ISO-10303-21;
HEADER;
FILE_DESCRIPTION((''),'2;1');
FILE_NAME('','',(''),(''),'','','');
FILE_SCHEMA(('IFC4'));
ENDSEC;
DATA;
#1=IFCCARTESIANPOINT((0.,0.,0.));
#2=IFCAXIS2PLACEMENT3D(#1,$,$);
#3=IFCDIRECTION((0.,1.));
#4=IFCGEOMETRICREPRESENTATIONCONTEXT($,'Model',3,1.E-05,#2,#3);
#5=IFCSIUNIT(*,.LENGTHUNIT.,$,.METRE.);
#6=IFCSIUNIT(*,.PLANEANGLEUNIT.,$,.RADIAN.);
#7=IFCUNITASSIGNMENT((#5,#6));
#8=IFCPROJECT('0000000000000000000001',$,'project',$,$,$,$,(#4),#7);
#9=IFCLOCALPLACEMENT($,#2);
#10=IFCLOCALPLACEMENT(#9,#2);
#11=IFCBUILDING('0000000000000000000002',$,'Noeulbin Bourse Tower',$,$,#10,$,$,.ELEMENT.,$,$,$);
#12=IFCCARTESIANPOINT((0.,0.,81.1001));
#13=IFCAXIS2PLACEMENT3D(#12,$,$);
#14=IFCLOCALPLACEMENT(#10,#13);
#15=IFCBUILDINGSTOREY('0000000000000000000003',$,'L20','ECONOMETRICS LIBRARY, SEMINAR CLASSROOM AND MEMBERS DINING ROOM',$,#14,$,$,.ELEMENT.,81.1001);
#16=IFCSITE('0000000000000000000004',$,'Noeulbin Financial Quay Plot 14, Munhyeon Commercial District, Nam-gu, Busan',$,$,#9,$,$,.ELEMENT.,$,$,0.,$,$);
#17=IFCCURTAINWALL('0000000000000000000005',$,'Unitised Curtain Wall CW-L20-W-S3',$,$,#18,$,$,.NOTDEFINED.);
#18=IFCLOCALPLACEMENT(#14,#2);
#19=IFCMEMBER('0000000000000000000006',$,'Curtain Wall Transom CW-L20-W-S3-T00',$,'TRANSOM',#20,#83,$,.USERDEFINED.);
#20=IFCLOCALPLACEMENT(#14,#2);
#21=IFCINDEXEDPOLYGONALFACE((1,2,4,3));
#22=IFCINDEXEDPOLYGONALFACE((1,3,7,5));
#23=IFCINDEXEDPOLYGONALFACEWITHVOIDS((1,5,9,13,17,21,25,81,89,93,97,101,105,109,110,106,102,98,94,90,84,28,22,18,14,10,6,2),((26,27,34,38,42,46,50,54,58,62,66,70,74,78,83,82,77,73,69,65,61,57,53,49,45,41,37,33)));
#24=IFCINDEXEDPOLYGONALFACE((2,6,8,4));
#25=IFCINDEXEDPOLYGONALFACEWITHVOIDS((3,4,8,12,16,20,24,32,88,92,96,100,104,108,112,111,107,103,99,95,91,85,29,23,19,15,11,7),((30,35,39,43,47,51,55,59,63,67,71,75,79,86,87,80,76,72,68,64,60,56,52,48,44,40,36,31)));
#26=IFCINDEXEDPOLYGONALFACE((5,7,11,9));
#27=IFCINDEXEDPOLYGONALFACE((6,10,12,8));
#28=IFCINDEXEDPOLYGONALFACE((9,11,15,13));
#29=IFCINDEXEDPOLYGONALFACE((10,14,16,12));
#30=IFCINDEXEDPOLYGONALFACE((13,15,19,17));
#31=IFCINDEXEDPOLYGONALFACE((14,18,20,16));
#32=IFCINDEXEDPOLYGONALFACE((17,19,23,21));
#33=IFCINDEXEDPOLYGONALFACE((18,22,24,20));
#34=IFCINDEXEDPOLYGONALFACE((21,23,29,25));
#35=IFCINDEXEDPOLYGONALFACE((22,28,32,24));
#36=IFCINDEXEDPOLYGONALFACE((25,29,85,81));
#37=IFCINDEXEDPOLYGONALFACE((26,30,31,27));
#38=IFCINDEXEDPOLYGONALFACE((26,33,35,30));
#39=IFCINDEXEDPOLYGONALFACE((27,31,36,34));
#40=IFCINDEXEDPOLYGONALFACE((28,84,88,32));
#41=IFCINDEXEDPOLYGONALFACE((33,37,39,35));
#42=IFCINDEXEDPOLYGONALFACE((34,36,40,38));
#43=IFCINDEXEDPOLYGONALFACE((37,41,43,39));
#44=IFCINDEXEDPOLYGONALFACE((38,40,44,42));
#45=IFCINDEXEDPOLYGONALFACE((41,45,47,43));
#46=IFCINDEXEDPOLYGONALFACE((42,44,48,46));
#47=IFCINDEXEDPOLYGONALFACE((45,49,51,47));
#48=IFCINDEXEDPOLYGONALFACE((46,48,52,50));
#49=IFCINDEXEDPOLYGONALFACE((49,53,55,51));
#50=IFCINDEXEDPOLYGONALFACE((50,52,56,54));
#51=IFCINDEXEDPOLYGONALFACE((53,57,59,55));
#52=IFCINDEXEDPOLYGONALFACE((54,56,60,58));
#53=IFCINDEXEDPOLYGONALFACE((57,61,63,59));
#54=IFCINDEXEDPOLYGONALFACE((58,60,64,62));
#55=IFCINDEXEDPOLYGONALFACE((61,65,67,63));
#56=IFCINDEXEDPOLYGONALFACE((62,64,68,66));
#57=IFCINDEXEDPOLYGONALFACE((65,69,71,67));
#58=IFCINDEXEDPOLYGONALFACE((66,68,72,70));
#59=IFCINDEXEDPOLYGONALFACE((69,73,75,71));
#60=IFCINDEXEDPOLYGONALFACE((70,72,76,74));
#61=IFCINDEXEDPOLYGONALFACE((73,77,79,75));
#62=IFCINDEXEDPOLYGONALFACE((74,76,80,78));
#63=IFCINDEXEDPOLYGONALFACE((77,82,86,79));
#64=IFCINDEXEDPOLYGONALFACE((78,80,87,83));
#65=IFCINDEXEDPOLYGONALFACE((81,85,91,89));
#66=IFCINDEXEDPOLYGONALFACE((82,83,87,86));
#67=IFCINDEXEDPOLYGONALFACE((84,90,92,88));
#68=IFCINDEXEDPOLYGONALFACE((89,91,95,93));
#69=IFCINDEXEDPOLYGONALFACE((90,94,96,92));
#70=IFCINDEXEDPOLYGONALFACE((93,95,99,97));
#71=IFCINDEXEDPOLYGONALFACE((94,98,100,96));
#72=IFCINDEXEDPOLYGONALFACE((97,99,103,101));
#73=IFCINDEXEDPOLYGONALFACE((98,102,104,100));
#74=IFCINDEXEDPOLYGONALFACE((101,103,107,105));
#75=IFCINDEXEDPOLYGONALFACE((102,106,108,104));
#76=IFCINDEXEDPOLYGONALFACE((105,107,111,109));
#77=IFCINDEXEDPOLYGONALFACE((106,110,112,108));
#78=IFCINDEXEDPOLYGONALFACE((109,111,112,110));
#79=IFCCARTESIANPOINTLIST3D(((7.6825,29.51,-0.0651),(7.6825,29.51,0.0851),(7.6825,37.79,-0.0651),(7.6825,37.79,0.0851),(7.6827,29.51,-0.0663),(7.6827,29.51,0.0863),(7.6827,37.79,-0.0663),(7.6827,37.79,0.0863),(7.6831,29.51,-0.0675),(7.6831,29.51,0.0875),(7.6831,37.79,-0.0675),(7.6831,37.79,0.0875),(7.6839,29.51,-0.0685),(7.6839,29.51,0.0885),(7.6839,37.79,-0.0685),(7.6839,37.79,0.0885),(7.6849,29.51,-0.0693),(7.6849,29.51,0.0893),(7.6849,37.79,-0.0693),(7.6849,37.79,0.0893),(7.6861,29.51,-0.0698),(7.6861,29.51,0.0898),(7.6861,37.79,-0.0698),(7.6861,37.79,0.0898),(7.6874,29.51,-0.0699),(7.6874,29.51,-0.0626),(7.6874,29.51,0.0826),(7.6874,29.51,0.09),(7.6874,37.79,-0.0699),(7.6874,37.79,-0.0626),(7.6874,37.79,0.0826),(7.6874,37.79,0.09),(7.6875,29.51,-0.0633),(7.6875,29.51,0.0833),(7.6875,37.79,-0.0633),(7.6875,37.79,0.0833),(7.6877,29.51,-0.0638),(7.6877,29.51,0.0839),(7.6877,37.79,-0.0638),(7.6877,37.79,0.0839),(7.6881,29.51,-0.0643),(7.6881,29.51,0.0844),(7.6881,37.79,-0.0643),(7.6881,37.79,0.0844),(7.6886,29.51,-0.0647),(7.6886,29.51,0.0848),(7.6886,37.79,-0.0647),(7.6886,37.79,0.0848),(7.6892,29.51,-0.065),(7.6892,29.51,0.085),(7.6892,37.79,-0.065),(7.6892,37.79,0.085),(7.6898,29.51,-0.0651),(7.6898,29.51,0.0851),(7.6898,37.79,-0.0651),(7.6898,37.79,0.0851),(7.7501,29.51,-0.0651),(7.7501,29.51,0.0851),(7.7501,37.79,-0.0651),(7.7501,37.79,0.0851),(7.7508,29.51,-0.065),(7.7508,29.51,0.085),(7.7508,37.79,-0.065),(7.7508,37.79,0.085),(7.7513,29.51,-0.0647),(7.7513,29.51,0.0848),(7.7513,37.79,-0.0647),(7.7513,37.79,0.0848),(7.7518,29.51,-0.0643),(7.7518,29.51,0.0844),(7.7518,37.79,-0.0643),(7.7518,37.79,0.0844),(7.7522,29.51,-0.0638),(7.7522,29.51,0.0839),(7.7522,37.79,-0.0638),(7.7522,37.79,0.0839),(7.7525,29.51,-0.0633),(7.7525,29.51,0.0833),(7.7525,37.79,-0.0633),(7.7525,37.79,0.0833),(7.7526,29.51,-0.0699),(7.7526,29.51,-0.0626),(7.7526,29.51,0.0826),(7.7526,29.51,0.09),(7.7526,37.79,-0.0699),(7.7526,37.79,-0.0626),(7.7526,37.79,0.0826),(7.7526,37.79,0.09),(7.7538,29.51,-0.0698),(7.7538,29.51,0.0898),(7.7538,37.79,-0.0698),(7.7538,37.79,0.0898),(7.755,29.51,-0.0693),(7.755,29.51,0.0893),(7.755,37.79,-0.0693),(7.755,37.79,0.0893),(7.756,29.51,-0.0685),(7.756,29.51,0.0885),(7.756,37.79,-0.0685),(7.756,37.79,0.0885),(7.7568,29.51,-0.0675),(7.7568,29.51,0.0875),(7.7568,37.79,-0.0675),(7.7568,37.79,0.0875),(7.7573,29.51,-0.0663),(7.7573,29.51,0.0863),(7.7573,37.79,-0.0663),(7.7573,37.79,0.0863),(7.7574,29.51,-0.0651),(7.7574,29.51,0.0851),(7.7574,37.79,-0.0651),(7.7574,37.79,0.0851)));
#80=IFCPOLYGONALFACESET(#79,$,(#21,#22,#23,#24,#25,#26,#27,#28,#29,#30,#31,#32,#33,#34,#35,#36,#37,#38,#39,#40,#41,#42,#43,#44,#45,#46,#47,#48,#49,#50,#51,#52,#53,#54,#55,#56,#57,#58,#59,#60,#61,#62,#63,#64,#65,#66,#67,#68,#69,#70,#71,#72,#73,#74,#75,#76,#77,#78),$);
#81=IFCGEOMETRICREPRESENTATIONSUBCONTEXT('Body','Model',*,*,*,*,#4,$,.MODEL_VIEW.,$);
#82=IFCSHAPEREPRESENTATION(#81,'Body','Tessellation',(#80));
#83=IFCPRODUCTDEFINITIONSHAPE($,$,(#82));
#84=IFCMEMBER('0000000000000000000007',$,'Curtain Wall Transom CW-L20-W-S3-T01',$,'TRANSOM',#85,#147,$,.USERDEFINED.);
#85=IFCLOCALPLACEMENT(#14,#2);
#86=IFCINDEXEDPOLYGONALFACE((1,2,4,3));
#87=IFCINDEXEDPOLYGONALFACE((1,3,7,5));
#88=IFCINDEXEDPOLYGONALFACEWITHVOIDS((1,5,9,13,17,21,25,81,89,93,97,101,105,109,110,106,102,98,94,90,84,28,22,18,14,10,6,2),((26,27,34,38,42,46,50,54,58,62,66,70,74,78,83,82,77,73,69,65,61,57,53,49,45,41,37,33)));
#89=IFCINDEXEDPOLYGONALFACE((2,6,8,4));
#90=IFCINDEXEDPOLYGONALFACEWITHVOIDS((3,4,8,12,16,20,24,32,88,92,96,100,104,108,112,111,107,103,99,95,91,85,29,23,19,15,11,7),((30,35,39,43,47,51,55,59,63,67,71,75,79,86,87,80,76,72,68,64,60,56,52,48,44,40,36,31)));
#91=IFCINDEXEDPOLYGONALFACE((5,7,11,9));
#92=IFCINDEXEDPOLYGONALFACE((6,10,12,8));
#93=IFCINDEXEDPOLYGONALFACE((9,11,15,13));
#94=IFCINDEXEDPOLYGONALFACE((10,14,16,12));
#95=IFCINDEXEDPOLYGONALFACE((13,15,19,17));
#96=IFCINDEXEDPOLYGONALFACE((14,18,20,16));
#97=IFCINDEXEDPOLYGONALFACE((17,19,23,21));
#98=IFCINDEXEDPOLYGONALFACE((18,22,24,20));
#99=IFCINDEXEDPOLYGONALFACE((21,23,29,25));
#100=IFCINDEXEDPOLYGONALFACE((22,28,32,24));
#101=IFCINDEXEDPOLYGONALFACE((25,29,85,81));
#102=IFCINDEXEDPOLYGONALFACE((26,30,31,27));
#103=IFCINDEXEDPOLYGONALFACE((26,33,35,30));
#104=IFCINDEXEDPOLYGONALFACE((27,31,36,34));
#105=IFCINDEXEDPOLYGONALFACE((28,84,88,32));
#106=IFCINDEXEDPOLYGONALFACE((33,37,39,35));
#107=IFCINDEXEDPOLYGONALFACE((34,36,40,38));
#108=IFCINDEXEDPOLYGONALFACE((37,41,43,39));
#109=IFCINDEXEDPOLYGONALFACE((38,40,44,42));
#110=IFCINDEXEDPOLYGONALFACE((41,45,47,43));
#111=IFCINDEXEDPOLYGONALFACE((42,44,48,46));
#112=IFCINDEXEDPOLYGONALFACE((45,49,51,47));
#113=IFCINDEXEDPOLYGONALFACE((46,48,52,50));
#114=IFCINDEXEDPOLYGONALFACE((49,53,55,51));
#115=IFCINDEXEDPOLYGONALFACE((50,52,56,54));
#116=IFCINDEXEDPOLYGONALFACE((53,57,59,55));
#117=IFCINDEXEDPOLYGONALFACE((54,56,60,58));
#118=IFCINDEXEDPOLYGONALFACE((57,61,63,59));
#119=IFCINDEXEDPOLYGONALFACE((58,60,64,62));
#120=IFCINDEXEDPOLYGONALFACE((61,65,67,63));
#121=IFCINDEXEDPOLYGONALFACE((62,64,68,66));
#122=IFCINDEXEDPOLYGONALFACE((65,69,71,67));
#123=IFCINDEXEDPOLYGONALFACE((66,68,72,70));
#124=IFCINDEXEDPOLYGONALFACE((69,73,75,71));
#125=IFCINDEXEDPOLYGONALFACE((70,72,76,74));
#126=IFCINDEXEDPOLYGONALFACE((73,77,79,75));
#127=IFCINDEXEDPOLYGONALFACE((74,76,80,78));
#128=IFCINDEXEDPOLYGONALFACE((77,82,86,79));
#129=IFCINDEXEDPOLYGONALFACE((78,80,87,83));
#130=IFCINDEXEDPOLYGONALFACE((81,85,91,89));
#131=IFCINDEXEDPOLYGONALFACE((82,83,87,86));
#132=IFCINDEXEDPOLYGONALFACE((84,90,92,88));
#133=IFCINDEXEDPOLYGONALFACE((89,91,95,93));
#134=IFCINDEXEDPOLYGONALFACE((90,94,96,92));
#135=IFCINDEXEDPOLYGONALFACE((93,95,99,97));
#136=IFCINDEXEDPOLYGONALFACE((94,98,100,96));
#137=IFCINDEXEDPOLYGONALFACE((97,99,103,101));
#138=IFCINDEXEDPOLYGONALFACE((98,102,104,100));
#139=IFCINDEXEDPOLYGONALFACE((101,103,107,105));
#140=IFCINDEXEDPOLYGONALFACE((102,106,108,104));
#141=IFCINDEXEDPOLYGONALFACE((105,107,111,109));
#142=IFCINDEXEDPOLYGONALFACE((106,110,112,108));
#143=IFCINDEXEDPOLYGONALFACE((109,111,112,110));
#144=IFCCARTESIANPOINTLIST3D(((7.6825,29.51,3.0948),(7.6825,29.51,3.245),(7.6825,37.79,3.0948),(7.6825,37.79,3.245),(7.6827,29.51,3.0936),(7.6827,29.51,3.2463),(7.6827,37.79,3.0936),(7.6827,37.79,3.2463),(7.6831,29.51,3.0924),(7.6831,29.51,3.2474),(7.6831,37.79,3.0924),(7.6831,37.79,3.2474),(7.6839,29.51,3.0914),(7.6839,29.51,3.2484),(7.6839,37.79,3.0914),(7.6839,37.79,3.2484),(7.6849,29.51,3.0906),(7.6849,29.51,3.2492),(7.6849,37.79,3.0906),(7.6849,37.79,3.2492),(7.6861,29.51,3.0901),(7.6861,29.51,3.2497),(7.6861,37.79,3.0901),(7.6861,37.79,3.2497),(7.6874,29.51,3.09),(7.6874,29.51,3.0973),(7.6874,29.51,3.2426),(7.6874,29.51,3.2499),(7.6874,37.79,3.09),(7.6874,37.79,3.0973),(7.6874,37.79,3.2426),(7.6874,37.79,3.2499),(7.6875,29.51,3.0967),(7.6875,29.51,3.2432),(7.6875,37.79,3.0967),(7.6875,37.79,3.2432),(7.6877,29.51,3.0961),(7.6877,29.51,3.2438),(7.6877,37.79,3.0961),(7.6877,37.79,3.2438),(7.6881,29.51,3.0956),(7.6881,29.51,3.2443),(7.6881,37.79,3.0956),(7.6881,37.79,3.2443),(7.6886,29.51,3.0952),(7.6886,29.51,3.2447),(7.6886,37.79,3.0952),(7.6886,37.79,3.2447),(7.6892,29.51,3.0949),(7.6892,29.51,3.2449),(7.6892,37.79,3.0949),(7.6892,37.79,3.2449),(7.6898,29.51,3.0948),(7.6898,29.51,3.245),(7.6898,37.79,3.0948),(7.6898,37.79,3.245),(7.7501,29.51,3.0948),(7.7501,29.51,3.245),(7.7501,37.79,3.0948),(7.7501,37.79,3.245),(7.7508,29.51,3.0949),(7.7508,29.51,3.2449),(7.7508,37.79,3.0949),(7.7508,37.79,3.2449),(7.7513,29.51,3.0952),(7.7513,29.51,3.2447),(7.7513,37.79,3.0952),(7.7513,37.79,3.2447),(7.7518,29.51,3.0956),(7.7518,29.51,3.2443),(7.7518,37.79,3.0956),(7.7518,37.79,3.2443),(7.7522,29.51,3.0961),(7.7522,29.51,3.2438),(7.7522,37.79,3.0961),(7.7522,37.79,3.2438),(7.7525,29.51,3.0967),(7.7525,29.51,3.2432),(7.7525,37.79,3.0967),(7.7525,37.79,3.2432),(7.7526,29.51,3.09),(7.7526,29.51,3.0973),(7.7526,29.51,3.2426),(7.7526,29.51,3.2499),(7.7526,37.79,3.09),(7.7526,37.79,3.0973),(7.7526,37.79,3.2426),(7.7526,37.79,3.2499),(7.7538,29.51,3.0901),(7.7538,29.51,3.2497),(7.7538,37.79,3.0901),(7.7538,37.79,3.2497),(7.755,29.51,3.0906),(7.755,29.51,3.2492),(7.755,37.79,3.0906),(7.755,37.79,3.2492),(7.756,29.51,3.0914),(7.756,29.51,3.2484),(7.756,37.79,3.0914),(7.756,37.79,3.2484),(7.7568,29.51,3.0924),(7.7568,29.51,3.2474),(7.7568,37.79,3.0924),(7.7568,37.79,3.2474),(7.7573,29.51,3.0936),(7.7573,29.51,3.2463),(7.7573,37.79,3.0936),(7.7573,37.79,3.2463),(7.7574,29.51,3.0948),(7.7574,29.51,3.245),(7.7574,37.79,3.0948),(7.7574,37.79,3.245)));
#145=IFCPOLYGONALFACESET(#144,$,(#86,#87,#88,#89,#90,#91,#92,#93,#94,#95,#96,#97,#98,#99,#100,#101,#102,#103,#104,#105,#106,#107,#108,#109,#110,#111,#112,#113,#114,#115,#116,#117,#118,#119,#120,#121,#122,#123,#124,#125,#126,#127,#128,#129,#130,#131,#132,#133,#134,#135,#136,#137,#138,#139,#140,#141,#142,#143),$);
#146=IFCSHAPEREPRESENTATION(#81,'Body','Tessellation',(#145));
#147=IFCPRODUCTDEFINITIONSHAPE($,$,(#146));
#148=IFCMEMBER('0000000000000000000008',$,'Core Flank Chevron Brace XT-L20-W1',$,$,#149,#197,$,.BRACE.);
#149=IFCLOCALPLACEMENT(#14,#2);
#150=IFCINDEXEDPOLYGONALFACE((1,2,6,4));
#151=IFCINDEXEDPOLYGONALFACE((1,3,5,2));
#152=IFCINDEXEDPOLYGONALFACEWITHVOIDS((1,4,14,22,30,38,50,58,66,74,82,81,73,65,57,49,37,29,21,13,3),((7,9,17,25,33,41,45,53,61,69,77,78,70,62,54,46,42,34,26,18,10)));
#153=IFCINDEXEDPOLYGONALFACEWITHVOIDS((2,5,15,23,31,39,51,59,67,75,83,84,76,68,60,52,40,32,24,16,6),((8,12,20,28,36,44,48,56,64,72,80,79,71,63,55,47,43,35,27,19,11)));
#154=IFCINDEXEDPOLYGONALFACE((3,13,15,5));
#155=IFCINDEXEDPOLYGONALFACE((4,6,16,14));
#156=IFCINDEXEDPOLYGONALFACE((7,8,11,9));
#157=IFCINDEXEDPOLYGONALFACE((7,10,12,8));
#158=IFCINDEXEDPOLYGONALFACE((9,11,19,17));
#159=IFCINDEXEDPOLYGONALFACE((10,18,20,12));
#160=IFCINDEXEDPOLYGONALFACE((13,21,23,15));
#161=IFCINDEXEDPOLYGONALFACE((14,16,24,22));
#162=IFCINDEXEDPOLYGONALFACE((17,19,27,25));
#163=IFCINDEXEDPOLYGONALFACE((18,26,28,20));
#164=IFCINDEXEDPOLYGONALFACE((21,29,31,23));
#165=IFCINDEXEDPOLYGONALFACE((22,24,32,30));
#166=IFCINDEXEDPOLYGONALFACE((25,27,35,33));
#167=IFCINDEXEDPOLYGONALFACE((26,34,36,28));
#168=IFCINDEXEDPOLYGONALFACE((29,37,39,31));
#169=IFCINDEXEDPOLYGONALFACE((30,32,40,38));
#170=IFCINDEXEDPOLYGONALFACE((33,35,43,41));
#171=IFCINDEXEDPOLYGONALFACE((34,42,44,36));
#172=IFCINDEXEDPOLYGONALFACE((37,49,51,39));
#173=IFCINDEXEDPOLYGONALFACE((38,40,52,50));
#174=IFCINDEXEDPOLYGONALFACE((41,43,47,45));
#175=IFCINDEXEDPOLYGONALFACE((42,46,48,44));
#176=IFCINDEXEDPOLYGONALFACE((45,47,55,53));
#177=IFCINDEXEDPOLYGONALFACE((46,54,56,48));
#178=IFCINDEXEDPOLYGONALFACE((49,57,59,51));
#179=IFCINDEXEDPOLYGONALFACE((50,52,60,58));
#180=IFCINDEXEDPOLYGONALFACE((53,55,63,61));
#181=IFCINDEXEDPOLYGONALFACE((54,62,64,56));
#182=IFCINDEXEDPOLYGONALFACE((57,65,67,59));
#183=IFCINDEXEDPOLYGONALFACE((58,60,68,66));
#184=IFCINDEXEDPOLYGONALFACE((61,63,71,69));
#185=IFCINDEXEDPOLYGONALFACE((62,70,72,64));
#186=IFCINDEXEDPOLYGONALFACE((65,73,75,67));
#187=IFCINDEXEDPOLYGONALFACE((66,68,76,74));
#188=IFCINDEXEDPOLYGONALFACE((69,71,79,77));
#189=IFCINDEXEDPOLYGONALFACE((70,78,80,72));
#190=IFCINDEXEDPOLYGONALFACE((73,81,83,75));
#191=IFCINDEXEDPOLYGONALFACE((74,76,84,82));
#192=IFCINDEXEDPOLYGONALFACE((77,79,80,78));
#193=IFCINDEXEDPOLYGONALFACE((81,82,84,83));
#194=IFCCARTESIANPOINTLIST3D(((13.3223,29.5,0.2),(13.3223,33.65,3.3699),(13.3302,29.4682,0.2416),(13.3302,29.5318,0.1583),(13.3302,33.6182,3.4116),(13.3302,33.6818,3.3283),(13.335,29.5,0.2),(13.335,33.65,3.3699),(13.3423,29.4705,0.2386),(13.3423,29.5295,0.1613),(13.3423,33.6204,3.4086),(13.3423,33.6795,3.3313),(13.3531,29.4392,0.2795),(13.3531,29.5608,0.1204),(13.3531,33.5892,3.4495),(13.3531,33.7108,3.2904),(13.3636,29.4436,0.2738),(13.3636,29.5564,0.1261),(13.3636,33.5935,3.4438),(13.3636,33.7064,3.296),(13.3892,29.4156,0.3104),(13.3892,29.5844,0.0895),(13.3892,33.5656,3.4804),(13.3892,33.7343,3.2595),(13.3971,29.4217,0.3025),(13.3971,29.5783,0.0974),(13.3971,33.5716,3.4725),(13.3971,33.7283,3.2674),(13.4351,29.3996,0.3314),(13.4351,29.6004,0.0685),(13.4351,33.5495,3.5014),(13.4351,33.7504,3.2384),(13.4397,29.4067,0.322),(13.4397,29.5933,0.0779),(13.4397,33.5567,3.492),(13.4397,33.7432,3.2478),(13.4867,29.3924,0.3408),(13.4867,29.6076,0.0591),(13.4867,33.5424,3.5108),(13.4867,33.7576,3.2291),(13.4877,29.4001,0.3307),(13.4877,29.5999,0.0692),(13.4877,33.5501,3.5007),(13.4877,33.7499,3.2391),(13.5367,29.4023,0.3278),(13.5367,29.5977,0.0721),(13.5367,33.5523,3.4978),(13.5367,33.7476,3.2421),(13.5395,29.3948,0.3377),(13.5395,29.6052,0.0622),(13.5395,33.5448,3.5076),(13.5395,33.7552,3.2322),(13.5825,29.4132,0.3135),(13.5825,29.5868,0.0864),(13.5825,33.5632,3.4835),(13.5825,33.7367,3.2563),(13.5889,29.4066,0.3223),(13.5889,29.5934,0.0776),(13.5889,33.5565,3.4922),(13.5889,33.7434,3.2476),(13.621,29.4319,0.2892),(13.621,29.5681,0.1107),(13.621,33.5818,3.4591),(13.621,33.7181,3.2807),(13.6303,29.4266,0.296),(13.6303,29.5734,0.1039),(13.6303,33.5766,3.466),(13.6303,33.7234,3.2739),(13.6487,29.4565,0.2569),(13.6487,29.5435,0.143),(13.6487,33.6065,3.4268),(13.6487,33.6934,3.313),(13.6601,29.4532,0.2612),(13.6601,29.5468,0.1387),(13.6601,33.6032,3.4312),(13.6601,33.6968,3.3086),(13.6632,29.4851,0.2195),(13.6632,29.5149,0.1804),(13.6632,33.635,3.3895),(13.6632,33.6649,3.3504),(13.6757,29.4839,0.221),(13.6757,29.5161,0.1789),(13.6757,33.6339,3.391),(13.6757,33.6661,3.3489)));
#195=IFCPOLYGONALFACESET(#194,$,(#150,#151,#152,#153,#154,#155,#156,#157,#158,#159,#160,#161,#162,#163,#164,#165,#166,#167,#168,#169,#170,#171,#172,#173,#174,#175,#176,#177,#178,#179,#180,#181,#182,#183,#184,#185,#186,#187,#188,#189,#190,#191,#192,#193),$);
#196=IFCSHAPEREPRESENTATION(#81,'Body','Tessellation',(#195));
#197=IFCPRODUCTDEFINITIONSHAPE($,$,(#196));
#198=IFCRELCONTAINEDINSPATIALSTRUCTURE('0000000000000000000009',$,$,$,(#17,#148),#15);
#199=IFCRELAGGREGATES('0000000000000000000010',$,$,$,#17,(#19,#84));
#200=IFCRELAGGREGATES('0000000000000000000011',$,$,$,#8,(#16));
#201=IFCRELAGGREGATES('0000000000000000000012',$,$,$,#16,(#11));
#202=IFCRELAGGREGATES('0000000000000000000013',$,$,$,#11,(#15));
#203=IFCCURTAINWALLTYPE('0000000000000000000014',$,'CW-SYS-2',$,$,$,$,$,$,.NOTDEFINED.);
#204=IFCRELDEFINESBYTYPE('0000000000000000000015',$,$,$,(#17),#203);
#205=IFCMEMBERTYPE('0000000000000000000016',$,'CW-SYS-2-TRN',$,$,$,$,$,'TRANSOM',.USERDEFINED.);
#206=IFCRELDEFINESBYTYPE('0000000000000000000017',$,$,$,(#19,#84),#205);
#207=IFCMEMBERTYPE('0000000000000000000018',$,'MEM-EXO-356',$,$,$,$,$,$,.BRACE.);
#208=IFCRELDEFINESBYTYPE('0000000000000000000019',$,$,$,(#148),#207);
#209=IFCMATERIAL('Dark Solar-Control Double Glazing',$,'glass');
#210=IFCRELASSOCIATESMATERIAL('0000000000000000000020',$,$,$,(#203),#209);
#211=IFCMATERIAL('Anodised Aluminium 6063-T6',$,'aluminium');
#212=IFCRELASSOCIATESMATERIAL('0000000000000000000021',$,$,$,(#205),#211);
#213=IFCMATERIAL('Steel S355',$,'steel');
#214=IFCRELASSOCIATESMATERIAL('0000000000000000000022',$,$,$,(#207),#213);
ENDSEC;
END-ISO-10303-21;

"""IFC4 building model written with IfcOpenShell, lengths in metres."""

from ifc_helpers import new_model, si_unit, direction, frame, origin, origin_2d, place, context, subcontext, project, spatial, hollow_rectangle, hollow_circle, extrude, material, material_profile, profile_set, type_object, element, aggregate, save


model = new_model("IFC4")

# Units and contexts
model_context = context("Model", 3, precision=1e-05, world=origin(), true_north=direction((0.0, 1.0)))
body_context = subcontext(model_context, "Body", "Model", "MODEL_VIEW")
ifc_project = project(units=[si_unit("LENGTHUNIT", "METRE"), si_unit("PLANEANGLEUNIT", "RADIAN")], contexts=[model_context])

# Site, building, storey
site_placement = place(None, origin())
site = spatial("IfcSite", under=ifc_project, at=site_placement, Name="Noeulbin Financial Quay Plot 14, Munhyeon Commercial District, Nam-gu, Busan", CompositionType="ELEMENT", RefElevation=0.0)
building_placement = place(site_placement, origin())
building = spatial("IfcBuilding", under=site, at=building_placement, Name="Noeulbin Bourse Tower", CompositionType="ELEMENT")
storey_placement = place(building_placement, frame((0.0, 0.0, 81.1001)))
storey = spatial("IfcBuildingStorey", under=building, at=storey_placement, Name="L20", Description="ECONOMETRICS LIBRARY, SEMINAR CLASSROOM AND MEMBERS DINING ROOM", CompositionType="ELEMENT", Elevation=81.1001)

# Shared definitions
ifc_material_1 = material(Name="Steel S355", Category="steel")

# Curtain wall, members
ifc_material_2 = material(Name="Dark Solar-Control Double Glazing", Category="glass")
curtain_wall_type = type_object("IfcCurtainWallType", Name="CW-SYS-2", PredefinedType="NOTDEFINED", material=ifc_material_2)
curtain_wall_placement = place(storey_placement, origin())
curtain_wall = element("IfcCurtainWall", 1, at=curtain_wall_placement, inside=storey, type_object=curtain_wall_type, Name="Unitised Curtain Wall CW-L20-W-S3", PredefinedType="NOTDEFINED")
ifc_material_3 = material(Name="Anodised Aluminium 6063-T6", Category="aluminium")
ifc_material_profile_1 = material_profile(ifc_material_3, hollow_rectangle(XDim=0.075, YDim=0.1599, WallThickness=0.0049, InnerFilletRadius=0.0024, OuterFilletRadius=0.0049, at=origin_2d()), Name="ALU-TRAN-75x160x5", Category="LoadBearing")
ifc_profile_set_1 = profile_set([ifc_material_profile_1], Name="Anodised Aluminium 6063-T6")
member_type_1 = type_object("IfcMemberType", Name="CW-SYS-2-TRN", ElementType="TRANSOM", PredefinedType="USERDEFINED", material=ifc_profile_set_1)
member_1_placement = place(storey_placement, frame((7.72, 29.51, 0.01), z_axis=(0.0, 1.0, 0.0), x_axis=(-1.0, 0.0, 0.0)))
member_1 = element("IfcMember", 2, at=member_1_placement, type_object=member_type_1, Name="Curtain Wall Transom CW-L20-W-S3-T00", ObjectType="TRANSOM", PredefinedType="USERDEFINED", context=body_context, shape_type="SweptSolid", body=[
    extrude(hollow_rectangle(XDim=0.075, YDim=0.1599, WallThickness=0.0049, InnerFilletRadius=0.0024, OuterFilletRadius=0.0049, at=origin_2d()), origin(), (0.0, 0.0, 1.0), 8.28),
])
member_2_placement = place(storey_placement, frame((7.72, 29.51, 3.1699), z_axis=(0.0, 1.0, 0.0), x_axis=(-1.0, 0.0, 0.0)))
member_2 = element("IfcMember", 3, at=member_2_placement, type_object=member_type_1, Name="Curtain Wall Transom CW-L20-W-S3-T01", ObjectType="TRANSOM", PredefinedType="USERDEFINED", context=body_context, shape_type="SweptSolid", body=[
    extrude(hollow_rectangle(XDim=0.075, YDim=0.1599, WallThickness=0.0049, InnerFilletRadius=0.0024, OuterFilletRadius=0.0049, at=origin_2d()), origin(), (0.0, 0.0, 1.0), 8.28),
])

# Member
ifc_material_profile_2 = material_profile(ifc_material_1, hollow_circle(Radius=0.1777, WallThickness=0.0127, at=origin_2d()), Name="CHS-355.6x12.7", Category="LoadBearing")
ifc_profile_set_2 = profile_set([ifc_material_profile_2], Name="Steel S355")
member_type_2 = type_object("IfcMemberType", Name="MEM-EXO-356", PredefinedType="BRACE", material=ifc_profile_set_2)
for number, where, z_axis, x_axis, name in (
    (4, (13.5, 29.5, 0.2), (0.0, 0.794684, 0.607023), (-1.0, 0.0, 0.0), "Core Flank Chevron Brace XT-L20-W1"),
):
    element("IfcMember", number, at=place(storey_placement, frame(where, z_axis=z_axis, x_axis=x_axis)), inside=storey, type_object=member_type_2, Name=name, PredefinedType="BRACE", context=body_context, shape_type="SweptSolid", body=[
        extrude(hollow_circle(Radius=0.1777, WallThickness=0.0127, at=origin_2d()), origin(), (0.0, 0.0, 1.0), 5.2222),
    ])

aggregate(curtain_wall, [member_1, member_2])

save(model, "model.ifc")
